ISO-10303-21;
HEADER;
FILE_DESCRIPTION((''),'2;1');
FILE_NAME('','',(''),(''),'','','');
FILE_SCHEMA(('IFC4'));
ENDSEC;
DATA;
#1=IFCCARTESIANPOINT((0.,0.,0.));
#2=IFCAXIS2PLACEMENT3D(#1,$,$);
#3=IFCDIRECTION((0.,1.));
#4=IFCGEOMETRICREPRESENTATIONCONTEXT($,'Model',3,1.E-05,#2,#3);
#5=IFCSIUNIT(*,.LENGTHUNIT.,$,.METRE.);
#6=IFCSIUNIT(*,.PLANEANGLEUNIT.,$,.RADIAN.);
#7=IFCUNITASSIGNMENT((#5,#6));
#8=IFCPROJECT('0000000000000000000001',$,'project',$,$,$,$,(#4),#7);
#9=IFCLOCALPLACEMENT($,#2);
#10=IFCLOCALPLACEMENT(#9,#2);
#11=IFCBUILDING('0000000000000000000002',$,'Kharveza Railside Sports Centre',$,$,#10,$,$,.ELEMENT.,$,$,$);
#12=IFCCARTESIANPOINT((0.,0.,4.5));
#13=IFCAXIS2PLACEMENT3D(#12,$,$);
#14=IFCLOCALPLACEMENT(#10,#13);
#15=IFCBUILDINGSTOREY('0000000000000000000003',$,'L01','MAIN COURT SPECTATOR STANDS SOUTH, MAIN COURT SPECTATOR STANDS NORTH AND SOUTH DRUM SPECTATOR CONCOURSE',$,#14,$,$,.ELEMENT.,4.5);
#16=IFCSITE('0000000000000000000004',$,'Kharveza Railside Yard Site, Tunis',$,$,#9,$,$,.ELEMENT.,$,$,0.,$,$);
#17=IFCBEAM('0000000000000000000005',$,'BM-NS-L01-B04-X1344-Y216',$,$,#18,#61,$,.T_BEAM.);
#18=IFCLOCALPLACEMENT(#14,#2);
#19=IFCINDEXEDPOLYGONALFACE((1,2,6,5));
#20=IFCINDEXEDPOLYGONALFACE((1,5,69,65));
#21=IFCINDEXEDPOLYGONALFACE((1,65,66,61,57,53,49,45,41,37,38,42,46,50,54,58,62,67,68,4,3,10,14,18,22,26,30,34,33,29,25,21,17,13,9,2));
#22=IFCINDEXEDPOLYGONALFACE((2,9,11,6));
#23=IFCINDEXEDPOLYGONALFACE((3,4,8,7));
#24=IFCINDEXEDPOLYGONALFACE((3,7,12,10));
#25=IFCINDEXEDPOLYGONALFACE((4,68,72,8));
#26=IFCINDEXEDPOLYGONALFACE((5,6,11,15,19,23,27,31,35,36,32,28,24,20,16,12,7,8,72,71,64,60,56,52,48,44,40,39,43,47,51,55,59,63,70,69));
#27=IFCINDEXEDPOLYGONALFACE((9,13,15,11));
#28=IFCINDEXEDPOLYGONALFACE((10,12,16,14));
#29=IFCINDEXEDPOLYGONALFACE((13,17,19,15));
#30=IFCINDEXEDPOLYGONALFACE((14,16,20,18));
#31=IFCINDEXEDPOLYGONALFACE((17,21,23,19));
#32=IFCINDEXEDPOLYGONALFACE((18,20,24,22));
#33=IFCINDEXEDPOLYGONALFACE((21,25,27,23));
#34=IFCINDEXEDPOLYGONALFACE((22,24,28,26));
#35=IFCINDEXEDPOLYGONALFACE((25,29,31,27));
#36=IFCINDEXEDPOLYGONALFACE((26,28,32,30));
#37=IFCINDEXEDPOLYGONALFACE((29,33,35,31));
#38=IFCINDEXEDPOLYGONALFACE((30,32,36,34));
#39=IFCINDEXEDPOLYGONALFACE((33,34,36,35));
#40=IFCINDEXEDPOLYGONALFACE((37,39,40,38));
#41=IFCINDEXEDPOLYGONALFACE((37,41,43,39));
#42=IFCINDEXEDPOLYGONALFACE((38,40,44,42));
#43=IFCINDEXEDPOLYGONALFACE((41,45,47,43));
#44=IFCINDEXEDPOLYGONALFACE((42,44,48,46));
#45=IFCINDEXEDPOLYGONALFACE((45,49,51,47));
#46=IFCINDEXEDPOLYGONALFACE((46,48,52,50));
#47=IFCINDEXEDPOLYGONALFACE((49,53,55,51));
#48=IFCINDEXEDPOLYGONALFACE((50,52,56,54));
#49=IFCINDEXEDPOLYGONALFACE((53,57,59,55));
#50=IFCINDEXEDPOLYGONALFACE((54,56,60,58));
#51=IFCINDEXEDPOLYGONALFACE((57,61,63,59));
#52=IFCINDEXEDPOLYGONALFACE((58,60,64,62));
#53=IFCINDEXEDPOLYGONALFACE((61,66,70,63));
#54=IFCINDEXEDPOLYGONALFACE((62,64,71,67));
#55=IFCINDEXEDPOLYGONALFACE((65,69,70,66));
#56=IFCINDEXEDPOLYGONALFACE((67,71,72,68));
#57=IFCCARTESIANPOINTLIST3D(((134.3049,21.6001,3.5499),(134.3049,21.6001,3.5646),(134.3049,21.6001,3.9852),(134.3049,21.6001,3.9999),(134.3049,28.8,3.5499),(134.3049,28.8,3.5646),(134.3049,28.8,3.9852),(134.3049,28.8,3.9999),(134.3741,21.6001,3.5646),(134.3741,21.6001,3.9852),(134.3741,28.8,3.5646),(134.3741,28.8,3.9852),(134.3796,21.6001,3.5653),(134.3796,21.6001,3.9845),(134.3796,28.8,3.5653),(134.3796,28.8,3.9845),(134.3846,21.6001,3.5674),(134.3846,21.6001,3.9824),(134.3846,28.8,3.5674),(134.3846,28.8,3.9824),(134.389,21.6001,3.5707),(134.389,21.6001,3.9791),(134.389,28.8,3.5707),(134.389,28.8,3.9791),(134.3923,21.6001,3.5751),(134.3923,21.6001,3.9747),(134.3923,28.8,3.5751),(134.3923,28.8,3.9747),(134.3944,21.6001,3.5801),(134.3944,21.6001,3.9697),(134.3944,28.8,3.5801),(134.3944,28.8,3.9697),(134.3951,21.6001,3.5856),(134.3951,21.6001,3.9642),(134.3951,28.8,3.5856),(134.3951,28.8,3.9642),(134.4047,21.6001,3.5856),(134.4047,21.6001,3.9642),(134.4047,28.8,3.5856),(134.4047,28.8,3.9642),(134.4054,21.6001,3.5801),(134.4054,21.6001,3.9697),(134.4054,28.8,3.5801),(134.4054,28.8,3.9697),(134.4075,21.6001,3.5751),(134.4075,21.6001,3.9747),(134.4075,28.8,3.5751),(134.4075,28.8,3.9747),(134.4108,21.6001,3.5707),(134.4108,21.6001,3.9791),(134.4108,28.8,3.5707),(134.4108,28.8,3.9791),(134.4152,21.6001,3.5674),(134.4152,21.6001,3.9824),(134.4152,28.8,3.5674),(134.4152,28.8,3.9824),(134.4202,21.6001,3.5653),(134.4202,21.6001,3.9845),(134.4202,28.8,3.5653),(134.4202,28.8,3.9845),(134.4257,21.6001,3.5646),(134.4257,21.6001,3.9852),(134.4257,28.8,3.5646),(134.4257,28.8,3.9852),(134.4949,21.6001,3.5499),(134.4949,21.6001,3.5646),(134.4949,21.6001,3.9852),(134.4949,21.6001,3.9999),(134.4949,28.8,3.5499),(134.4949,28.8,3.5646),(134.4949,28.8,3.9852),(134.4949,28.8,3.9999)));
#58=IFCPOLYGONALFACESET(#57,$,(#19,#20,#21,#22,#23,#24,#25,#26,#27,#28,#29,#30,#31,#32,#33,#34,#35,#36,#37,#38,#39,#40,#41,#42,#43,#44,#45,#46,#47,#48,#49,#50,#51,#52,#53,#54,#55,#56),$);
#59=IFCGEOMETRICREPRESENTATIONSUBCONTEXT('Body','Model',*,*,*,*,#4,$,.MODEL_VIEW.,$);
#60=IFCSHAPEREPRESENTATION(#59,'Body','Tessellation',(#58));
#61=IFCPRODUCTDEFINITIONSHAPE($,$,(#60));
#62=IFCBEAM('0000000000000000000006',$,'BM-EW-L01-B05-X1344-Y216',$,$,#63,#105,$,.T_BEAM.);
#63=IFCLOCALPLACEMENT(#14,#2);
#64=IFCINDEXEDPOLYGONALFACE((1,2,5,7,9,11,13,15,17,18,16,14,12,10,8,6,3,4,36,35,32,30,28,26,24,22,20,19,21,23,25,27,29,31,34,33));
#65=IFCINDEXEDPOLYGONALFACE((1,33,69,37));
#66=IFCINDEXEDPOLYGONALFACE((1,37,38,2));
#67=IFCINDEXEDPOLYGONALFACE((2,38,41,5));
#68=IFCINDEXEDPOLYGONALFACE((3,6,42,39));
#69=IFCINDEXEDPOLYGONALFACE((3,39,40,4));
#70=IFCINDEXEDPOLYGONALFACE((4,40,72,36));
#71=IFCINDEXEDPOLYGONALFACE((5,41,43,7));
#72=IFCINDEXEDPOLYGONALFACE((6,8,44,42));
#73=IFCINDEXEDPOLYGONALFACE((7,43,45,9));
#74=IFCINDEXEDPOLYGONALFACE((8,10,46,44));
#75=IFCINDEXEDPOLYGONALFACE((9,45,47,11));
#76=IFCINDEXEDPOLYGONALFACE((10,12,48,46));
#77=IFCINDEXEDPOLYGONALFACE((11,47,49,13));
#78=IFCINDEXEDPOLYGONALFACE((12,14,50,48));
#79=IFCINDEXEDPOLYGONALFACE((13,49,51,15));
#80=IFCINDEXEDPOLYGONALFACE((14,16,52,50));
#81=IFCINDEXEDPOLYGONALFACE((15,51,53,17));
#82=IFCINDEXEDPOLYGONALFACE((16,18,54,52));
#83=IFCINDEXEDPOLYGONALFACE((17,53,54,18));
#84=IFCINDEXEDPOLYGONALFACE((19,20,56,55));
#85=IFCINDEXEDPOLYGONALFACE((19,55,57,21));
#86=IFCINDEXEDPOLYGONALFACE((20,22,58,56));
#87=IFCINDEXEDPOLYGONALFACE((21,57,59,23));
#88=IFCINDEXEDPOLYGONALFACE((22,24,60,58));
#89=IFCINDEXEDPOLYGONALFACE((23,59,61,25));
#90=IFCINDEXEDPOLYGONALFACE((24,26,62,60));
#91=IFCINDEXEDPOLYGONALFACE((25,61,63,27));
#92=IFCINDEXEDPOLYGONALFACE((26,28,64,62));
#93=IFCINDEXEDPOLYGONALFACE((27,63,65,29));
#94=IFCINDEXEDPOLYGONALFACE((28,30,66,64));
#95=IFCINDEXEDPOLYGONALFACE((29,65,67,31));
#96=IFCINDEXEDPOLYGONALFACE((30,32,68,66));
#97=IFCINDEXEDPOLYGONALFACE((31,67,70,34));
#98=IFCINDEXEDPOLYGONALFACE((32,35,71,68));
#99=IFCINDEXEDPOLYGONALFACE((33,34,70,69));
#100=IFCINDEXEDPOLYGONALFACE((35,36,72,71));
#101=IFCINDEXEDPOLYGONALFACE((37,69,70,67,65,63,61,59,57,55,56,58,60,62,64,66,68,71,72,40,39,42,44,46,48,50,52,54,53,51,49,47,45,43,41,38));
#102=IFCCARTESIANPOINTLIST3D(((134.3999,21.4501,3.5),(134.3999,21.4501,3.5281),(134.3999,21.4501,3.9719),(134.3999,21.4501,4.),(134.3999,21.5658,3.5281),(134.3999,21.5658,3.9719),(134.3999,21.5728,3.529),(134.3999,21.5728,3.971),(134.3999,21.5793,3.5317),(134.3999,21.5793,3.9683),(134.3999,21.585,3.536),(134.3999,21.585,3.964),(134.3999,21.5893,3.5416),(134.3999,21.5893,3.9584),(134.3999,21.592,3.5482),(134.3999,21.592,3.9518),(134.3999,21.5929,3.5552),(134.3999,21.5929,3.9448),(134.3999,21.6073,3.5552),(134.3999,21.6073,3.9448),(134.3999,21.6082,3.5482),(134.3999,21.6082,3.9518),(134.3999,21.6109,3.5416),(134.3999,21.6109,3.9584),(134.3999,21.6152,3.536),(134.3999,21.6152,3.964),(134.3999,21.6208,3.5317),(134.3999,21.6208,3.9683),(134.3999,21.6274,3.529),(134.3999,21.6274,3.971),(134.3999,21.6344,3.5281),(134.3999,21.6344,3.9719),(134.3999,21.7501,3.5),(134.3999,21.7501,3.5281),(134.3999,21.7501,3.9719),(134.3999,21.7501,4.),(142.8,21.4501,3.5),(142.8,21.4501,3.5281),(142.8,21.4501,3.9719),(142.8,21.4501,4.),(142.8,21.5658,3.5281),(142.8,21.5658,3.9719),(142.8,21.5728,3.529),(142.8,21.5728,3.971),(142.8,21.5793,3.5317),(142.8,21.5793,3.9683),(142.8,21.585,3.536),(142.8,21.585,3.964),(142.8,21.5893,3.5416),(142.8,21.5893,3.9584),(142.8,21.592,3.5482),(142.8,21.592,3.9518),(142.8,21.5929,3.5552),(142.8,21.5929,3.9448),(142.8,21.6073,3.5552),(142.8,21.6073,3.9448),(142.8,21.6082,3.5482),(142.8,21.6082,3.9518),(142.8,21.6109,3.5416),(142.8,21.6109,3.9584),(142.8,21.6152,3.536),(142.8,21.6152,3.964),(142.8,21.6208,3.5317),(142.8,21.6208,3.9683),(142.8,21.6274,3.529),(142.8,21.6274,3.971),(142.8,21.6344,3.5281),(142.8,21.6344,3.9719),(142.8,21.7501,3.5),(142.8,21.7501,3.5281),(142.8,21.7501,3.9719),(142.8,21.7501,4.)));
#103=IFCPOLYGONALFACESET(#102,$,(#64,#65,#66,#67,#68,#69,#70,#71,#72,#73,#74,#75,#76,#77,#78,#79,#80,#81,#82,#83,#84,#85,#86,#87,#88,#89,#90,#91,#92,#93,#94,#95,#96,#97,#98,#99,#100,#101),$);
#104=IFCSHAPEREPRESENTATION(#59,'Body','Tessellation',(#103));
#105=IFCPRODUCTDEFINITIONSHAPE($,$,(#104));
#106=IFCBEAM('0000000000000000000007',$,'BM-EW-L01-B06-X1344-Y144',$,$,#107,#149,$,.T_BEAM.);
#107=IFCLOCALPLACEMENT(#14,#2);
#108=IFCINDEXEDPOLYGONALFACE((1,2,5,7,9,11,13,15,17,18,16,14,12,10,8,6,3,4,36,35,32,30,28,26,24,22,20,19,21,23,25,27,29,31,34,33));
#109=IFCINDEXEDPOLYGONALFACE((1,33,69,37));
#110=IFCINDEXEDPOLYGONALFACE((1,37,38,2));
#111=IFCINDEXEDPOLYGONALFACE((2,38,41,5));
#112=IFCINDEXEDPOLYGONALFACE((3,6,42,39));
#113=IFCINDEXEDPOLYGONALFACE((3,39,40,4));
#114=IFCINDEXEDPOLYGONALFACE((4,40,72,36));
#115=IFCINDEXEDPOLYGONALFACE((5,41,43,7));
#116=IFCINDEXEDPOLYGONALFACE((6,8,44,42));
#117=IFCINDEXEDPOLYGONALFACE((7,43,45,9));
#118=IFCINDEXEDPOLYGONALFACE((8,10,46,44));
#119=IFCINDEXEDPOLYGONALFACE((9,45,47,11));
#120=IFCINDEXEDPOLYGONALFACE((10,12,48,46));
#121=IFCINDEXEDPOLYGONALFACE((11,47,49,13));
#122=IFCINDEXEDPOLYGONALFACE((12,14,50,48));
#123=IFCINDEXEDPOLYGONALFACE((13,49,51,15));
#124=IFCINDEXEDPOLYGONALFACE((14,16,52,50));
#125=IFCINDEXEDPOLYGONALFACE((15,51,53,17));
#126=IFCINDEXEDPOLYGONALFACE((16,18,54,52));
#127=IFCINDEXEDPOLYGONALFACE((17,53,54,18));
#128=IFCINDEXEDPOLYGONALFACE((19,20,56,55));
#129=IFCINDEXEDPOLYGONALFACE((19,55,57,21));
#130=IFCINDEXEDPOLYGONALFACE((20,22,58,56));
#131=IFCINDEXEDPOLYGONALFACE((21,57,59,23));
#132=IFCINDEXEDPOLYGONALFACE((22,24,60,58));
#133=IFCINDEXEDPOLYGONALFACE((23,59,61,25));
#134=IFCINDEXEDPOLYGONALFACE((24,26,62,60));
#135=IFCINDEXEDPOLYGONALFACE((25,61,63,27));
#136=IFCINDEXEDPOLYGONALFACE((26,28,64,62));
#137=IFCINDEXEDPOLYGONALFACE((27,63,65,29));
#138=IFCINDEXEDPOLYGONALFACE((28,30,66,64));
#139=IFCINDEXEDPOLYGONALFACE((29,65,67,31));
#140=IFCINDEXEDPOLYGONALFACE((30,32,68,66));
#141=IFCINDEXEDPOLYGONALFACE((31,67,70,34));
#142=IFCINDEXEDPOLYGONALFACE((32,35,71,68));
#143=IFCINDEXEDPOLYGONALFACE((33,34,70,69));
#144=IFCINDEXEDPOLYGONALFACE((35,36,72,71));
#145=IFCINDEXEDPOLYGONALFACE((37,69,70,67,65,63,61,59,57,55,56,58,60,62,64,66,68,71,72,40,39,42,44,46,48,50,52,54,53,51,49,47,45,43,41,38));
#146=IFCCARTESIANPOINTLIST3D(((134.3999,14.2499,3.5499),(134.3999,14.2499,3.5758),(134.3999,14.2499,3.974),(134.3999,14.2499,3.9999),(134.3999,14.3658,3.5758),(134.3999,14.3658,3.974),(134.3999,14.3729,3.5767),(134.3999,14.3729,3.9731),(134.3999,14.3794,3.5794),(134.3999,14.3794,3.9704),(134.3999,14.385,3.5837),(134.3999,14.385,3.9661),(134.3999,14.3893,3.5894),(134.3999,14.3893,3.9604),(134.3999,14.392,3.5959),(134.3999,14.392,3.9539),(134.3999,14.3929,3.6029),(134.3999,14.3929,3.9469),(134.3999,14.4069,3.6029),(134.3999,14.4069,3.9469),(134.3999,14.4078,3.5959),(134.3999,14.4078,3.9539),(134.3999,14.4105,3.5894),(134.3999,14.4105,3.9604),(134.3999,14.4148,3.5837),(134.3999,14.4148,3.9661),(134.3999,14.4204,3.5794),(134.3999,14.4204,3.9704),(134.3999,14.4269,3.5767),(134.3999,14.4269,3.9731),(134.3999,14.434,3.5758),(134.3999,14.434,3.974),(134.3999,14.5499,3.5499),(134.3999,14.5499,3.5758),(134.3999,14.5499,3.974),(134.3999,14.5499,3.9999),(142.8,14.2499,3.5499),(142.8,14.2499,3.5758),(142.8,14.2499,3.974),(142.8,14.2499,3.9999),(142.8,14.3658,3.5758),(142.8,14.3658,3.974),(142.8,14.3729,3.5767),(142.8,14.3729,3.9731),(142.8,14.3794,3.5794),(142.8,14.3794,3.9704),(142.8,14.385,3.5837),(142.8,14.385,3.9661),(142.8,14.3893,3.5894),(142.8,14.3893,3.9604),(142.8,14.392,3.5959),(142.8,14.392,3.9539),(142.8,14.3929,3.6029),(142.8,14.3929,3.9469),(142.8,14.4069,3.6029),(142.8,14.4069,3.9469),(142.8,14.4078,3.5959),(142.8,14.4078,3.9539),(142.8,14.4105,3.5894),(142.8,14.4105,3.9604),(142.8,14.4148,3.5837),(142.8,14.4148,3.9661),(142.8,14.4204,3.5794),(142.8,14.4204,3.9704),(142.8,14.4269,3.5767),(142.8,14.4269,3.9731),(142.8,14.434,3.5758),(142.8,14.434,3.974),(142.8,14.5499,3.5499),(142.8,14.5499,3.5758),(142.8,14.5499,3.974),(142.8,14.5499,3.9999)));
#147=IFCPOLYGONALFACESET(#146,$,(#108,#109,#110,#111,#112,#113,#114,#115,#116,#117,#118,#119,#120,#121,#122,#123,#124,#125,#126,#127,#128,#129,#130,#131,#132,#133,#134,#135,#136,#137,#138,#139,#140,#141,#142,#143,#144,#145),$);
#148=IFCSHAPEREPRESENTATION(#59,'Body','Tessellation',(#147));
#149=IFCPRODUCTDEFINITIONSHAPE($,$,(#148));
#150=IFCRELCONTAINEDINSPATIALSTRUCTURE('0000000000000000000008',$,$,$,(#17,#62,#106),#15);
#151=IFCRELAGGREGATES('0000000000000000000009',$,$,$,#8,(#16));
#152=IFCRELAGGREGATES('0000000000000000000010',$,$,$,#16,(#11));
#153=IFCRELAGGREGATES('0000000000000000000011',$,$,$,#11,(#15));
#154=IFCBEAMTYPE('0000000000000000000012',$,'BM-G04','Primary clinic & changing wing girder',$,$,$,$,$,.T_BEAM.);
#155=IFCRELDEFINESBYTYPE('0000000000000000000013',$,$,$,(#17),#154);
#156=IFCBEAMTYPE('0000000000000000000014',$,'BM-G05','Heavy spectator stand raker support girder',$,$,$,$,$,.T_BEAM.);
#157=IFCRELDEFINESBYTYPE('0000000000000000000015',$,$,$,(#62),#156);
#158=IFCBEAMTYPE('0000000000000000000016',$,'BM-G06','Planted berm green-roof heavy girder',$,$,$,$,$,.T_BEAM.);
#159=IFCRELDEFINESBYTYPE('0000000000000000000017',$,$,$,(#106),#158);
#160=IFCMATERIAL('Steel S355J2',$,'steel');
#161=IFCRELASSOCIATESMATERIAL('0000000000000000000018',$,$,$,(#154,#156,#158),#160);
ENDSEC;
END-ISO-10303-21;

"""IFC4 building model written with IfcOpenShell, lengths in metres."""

from ifc_helpers import new_model, si_unit, direction, frame, origin, origin_2d, place, context, subcontext, project, spatial, i_section, extrude, material, material_profile, profile_set, type_object, element, save


model = new_model("IFC4")

# Units and contexts
model_context = context("Model", 3, precision=1e-05, world=origin(), true_north=direction((0.0, 1.0)))
body_context = subcontext(model_context, "Body", "Model", "MODEL_VIEW")
ifc_project = project(units=[si_unit("LENGTHUNIT", "METRE"), si_unit("PLANEANGLEUNIT", "RADIAN")], contexts=[model_context])

# Site, building, storey
site_placement = place(None, origin())
site = spatial("IfcSite", under=ifc_project, at=site_placement, Name="Kharveza Railside Yard Site, Tunis", CompositionType="ELEMENT", RefElevation=0.0)
building_placement = place(site_placement, origin())
building = spatial("IfcBuilding", under=site, at=building_placement, Name="Kharveza Railside Sports Centre", CompositionType="ELEMENT")
storey_placement = place(building_placement, frame((0.0, 0.0, 4.5)))
storey = spatial("IfcBuildingStorey", under=building, at=storey_placement, Name="L01", Description="MAIN COURT SPECTATOR STANDS SOUTH, MAIN COURT SPECTATOR STANDS NORTH AND SOUTH DRUM SPECTATOR CONCOURSE", CompositionType="ELEMENT", Elevation=4.5)

# Shared definitions
ifc_material_1 = material(Name="Steel S355J2", Category="steel")

# Beams
ifc_material_profile_1 = material_profile(ifc_material_1, i_section(OverallWidth=0.1899, OverallDepth=0.45, WebThickness=0.0095, FlangeThickness=0.0146, FilletRadius=0.021, at=origin_2d()), Name="IPE 450")
ifc_profile_set_1 = profile_set([ifc_material_profile_1], Name="Steel S355J2")
beam_type_1 = type_object("IfcBeamType", Name="BM-G04", Description="Primary clinic & changing wing girder", PredefinedType="T_BEAM", material=ifc_profile_set_1)
for number, where, z_axis, x_axis, name in (
    (1, (134.3999, 21.6001, 3.7749), (0.0, 1.0, 0.0), (-1.0, 0.0, 0.0), "BM-NS-L01-B04-X1344-Y216"),
):
    element("IfcBeam", number, at=place(storey_placement, frame(where, z_axis=z_axis, x_axis=x_axis)), inside=storey, type_object=beam_type_1, Name=name, PredefinedType="T_BEAM", context=body_context, shape_type="SweptSolid", body=[
        extrude(i_section(OverallWidth=0.1899, OverallDepth=0.45, WebThickness=0.0095, FlangeThickness=0.0146, FilletRadius=0.021, at=origin_2d()), origin(), (0.0, 0.0, 1.0), 7.2),
    ])
ifc_material_profile_2 = material_profile(ifc_material_1, i_section(OverallWidth=0.3, OverallDepth=0.5, WebThickness=0.0144, FlangeThickness=0.0281, FilletRadius=0.0271, at=origin_2d()), Name="HEB 500")
ifc_profile_set_2 = profile_set([ifc_material_profile_2], Name="Steel S355J2")
beam_type_2 = type_object("IfcBeamType", Name="BM-G05", Description="Heavy spectator stand raker support girder", PredefinedType="T_BEAM", material=ifc_profile_set_2)
beam_1_placement = place(storey_placement, frame((134.3999, 21.6001, 3.75), z_axis=(1.0, 0.0, 0.0), x_axis=(0.0, 1.0, 0.0)))
element("IfcBeam", 2, at=beam_1_placement, inside=storey, type_object=beam_type_2, Name="BM-EW-L01-B05-X1344-Y216", PredefinedType="T_BEAM", context=body_context, shape_type="SweptSolid", body=[
    extrude(i_section(OverallWidth=0.3, OverallDepth=0.5, WebThickness=0.0144, FlangeThickness=0.0281, FilletRadius=0.0271, at=origin_2d()), origin(), (0.0, 0.0, 1.0), 8.4001),
])
ifc_material_profile_3 = material_profile(ifc_material_1, i_section(OverallWidth=0.3, OverallDepth=0.45, WebThickness=0.0139, FlangeThickness=0.0259, FilletRadius=0.0271, at=origin_2d()), Name="HEB 450")
ifc_profile_set_3 = profile_set([ifc_material_profile_3], Name="Steel S355J2")
beam_type_3 = type_object("IfcBeamType", Name="BM-G06", Description="Planted berm green-roof heavy girder", PredefinedType="T_BEAM", material=ifc_profile_set_3)
beam_2_placement = place(storey_placement, frame((134.3999, 14.3999, 3.7749), z_axis=(1.0, 0.0, 0.0), x_axis=(0.0, 1.0, 0.0)))
element("IfcBeam", 3, at=beam_2_placement, inside=storey, type_object=beam_type_3, Name="BM-EW-L01-B06-X1344-Y144", PredefinedType="T_BEAM", context=body_context, shape_type="SweptSolid", body=[
    extrude(i_section(OverallWidth=0.3, OverallDepth=0.45, WebThickness=0.0139, FlangeThickness=0.0259, FilletRadius=0.0271, at=origin_2d()), origin(), (0.0, 0.0, 1.0), 8.4001),
])

save(model, "model.ifc")
